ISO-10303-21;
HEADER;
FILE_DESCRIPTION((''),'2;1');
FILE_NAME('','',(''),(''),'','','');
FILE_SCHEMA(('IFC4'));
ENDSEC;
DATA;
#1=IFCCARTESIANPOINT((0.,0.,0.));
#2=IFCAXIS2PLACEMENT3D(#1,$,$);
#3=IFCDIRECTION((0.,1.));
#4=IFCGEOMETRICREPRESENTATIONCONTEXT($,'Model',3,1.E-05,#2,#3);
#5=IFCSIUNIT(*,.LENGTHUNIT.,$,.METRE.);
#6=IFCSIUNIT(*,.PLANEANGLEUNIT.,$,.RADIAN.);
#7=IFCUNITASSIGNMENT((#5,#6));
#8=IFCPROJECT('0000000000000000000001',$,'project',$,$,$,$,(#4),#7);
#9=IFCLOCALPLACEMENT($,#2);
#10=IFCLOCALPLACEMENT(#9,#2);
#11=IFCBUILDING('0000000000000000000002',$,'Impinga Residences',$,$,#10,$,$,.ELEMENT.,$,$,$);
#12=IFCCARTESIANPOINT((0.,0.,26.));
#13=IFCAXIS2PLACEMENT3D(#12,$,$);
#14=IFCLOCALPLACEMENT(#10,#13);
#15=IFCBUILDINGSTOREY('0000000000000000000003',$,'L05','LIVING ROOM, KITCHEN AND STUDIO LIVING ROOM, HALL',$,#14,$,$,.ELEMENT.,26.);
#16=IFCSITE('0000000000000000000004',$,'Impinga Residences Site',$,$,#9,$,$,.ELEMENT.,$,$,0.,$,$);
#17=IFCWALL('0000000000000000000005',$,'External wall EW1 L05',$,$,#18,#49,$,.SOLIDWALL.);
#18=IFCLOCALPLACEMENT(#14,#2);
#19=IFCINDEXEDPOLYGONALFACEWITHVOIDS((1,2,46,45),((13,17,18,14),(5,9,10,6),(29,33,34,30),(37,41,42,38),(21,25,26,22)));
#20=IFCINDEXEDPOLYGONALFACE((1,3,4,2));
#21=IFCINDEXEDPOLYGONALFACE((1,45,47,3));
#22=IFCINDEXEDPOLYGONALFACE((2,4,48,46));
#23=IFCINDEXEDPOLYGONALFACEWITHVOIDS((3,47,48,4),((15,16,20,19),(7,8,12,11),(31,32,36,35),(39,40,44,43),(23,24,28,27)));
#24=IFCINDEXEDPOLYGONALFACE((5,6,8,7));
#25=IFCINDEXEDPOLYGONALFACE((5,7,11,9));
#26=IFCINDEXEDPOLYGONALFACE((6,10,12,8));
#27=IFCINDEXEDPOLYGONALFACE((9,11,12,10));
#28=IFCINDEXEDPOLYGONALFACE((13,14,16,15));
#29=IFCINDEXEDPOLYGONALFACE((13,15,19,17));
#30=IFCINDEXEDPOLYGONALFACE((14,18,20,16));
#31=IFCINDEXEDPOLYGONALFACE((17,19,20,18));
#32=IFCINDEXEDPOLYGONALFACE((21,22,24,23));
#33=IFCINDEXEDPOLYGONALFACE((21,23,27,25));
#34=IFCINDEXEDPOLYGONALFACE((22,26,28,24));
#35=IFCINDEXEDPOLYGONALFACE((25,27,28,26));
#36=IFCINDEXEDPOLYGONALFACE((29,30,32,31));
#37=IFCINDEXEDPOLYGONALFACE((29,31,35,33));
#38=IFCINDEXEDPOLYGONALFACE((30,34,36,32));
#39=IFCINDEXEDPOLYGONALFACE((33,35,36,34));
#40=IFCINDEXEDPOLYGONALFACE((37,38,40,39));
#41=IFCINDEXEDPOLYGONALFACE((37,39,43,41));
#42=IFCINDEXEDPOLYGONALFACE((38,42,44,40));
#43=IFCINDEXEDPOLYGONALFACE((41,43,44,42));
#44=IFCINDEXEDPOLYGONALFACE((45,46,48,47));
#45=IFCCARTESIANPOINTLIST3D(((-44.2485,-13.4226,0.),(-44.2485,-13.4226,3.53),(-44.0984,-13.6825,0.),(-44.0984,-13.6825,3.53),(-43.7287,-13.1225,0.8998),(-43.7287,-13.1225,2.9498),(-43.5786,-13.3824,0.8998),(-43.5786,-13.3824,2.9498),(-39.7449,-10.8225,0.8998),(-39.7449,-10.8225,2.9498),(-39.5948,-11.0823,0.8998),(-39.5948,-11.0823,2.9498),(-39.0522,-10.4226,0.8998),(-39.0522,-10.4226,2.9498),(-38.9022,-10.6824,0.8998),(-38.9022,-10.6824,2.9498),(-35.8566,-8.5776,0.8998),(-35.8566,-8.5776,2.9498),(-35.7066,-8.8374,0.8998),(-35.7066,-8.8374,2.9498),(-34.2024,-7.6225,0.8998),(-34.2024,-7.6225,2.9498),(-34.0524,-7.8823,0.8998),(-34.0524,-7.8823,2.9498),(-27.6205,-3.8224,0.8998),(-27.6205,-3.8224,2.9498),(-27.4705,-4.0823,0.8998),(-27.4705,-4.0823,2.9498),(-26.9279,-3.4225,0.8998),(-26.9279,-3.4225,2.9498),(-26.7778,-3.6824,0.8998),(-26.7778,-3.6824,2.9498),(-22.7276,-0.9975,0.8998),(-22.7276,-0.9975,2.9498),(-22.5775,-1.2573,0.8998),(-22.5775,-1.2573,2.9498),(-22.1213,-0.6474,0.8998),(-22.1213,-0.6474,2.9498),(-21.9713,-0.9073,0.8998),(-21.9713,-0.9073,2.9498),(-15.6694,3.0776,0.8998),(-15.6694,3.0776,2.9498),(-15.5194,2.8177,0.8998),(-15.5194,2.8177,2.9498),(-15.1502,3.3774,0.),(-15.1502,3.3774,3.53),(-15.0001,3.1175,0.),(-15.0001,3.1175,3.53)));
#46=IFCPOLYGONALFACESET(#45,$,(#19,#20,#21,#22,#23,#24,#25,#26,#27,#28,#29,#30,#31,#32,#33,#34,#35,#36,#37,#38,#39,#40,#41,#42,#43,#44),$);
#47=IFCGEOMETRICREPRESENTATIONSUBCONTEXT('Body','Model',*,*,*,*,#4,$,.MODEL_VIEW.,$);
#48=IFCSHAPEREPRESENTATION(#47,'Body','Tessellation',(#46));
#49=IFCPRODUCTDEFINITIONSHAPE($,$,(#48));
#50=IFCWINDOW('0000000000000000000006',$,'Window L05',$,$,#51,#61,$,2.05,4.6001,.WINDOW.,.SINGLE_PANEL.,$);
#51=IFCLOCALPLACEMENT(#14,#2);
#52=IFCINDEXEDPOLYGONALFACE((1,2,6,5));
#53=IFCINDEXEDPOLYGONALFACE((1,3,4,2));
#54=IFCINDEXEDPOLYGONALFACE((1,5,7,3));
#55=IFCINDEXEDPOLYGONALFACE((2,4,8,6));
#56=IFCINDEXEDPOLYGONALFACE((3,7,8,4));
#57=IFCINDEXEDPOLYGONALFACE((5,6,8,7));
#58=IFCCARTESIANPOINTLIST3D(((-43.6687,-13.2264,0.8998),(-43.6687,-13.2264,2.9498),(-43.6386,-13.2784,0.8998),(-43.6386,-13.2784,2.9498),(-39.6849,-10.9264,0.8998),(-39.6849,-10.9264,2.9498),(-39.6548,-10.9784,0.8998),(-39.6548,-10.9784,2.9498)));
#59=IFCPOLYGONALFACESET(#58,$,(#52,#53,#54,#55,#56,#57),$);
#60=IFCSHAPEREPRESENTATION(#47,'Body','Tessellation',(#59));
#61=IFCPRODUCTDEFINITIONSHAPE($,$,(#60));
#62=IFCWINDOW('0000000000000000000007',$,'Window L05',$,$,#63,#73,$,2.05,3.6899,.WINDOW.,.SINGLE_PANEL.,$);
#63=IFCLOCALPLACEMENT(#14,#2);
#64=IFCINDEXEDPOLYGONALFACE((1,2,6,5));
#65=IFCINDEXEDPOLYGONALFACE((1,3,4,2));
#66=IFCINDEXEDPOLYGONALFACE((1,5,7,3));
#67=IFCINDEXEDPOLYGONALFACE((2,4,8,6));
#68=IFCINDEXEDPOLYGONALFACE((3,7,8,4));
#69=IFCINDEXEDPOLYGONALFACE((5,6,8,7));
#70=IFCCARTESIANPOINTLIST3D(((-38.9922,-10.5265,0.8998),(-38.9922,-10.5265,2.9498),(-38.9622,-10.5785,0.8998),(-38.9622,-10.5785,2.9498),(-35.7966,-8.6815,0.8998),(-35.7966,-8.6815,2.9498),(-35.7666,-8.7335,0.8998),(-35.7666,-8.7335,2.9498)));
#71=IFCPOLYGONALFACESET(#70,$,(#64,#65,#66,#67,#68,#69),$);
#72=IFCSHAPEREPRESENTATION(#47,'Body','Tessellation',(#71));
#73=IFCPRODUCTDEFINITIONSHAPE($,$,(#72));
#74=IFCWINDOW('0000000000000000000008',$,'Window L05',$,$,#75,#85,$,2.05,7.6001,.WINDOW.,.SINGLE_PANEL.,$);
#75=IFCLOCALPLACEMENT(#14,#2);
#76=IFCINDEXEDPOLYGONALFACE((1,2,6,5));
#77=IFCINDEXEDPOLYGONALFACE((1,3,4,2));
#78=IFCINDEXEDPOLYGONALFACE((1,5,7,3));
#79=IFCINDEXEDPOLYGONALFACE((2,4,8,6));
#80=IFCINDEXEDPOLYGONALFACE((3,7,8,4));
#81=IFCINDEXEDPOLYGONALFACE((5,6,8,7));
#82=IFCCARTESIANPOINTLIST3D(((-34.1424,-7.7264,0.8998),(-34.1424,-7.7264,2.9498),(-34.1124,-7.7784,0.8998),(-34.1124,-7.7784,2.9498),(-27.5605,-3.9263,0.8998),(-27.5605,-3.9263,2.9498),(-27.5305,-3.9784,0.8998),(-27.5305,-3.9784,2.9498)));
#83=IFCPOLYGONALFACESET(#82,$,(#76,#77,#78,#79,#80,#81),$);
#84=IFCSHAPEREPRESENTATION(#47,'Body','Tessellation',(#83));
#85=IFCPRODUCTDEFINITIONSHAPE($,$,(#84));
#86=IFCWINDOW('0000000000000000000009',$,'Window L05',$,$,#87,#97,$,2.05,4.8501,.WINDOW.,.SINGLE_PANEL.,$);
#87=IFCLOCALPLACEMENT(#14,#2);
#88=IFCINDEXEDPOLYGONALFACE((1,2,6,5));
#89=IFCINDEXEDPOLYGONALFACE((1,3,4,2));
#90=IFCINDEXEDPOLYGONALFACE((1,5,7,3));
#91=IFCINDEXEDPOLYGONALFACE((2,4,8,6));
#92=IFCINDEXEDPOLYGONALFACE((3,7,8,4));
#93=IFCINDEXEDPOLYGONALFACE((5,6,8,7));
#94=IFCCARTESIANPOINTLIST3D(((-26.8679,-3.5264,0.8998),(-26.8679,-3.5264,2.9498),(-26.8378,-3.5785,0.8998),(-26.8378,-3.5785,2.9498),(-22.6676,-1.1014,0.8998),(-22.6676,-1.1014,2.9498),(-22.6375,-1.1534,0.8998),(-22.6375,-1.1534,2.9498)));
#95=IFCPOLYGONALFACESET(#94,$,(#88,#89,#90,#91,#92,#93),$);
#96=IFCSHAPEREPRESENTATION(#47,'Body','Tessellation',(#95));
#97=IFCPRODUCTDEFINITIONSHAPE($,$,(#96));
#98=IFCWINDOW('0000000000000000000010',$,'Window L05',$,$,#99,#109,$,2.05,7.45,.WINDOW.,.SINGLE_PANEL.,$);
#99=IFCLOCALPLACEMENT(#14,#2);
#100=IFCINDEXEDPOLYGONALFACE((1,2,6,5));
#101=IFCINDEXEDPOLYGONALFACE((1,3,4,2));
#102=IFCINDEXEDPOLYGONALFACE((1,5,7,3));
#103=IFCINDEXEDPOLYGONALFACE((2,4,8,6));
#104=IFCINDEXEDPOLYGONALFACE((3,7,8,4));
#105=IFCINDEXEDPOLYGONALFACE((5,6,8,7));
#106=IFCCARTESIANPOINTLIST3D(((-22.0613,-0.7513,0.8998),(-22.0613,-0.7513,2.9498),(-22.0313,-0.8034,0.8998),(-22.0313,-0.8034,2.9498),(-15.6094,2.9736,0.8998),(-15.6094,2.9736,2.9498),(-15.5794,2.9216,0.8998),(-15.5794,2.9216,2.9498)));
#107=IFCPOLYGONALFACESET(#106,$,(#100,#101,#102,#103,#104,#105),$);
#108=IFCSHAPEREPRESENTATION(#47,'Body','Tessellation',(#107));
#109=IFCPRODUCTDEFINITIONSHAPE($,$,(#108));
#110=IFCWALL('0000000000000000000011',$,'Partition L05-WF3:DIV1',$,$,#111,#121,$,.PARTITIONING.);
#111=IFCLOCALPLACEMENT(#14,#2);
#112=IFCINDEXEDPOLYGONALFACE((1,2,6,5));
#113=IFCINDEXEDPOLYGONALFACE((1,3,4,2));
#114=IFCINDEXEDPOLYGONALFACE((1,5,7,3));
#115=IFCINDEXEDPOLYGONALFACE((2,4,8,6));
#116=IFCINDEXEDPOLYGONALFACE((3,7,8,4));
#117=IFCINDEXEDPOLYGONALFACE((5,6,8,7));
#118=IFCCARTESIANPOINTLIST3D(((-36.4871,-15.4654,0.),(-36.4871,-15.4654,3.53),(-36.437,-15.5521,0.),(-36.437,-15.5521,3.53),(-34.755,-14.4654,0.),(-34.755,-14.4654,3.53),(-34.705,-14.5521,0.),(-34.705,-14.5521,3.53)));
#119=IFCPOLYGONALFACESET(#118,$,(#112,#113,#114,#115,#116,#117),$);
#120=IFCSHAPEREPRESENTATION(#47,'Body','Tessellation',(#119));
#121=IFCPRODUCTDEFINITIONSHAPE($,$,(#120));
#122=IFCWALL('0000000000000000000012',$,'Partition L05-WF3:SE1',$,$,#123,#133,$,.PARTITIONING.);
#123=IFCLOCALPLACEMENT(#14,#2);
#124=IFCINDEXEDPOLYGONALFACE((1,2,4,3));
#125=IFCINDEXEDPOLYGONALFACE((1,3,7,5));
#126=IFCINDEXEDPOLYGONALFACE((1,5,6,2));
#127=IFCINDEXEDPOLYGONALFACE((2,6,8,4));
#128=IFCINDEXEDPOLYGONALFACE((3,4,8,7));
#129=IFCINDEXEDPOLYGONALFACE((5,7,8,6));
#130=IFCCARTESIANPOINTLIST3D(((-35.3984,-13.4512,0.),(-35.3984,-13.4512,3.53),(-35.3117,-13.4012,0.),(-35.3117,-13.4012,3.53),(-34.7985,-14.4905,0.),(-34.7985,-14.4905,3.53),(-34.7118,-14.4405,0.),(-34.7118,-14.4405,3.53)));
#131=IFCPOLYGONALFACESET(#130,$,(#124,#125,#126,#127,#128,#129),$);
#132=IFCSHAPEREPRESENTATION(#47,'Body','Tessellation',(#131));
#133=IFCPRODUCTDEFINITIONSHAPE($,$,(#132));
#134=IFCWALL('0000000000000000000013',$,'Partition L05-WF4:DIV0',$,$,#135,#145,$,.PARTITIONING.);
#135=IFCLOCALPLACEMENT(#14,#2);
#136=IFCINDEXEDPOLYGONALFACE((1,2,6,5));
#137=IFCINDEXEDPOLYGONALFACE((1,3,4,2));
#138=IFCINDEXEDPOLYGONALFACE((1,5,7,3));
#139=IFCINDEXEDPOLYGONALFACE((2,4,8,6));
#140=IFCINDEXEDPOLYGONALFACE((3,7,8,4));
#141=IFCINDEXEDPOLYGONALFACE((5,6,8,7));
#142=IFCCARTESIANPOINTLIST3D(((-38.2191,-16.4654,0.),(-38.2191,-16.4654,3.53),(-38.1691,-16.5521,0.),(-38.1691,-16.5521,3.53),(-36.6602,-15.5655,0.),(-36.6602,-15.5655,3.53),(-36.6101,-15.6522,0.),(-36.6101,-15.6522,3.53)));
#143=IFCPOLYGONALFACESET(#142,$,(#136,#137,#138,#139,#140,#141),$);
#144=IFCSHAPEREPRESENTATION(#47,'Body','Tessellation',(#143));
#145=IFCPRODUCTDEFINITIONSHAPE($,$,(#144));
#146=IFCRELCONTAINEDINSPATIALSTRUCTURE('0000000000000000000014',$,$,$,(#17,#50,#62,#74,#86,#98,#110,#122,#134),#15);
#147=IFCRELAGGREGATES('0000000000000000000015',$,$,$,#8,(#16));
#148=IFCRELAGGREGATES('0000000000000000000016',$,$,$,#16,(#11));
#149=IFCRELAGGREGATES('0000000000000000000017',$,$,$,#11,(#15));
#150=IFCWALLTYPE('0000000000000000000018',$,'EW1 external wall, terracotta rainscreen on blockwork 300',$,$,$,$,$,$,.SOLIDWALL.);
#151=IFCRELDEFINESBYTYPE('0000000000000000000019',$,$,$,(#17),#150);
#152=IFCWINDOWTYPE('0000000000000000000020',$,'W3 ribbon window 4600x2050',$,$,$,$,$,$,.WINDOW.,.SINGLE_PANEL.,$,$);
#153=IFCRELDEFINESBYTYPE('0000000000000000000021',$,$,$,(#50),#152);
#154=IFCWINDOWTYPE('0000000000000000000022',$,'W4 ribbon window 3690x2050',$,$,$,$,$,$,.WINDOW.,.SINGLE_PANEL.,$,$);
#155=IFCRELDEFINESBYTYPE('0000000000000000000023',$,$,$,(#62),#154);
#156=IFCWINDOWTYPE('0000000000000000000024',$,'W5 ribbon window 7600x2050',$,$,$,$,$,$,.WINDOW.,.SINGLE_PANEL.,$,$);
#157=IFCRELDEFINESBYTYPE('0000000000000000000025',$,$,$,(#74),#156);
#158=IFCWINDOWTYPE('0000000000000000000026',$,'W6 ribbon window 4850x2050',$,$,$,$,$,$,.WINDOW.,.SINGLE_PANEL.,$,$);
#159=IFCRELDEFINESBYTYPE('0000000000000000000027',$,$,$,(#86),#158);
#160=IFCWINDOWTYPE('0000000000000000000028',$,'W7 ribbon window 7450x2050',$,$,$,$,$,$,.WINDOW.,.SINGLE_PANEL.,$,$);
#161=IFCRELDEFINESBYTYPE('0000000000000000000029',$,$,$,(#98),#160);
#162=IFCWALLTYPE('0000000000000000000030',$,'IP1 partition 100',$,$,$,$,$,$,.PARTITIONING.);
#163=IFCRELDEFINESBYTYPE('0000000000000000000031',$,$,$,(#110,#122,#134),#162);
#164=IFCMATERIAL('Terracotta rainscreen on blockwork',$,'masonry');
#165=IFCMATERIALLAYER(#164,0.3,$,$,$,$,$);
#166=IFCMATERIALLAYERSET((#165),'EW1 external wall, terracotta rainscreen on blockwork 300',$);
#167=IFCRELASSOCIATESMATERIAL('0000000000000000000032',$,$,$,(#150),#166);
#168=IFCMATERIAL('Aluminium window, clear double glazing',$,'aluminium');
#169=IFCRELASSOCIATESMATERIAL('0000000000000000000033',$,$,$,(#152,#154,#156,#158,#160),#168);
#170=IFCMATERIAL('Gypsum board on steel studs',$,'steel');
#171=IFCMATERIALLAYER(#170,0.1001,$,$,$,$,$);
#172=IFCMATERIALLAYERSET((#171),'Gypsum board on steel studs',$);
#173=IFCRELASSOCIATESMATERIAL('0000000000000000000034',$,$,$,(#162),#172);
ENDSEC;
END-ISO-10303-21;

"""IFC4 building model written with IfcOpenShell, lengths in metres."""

from ifc_helpers import new_model, si_unit, direction, frame, frame_2d, origin, place, context, subcontext, project, spatial, rectangle, extrude, material, layer, layer_set, type_object, element, fill, save


model = new_model("IFC4")

# Units and contexts
model_context = context("Model", 3, precision=1e-05, world=origin(), true_north=direction((0.0, 1.0)))
body_context = subcontext(model_context, "Body", "Model", "MODEL_VIEW")
ifc_project = project(units=[si_unit("LENGTHUNIT", "METRE"), si_unit("PLANEANGLEUNIT", "RADIAN")], contexts=[model_context])

# Site, building, storey
site_placement = place(None, origin())
site = spatial("IfcSite", under=ifc_project, at=site_placement, Name="Impinga Residences Site", CompositionType="ELEMENT", RefElevation=0.0)
building_placement = place(site_placement, origin())
building = spatial("IfcBuilding", under=site, at=building_placement, Name="Impinga Residences", CompositionType="ELEMENT")
storey_placement = place(building_placement, frame((0.0, 0.0, 26.0)))
storey = spatial("IfcBuildingStorey", under=building, at=storey_placement, Name="L05", Description="LIVING ROOM, KITCHEN AND STUDIO LIVING ROOM, HALL", CompositionType="ELEMENT", Elevation=26.0)

# Shared definitions
ifc_material_1 = material(Name="Terracotta rainscreen on blockwork", Category="masonry")
ifc_layer_1 = layer(ifc_material_1, 0.3)
ifc_layer_set_1 = layer_set([ifc_layer_1], Name="EW1 external wall, terracotta rainscreen on blockwork 300")
wall_type_1 = type_object("IfcWallType", Name="EW1 external wall, terracotta rainscreen on blockwork 300", PredefinedType="SOLIDWALL", material=ifc_layer_set_1)

# Wall, openings, windows
wall_1_placement = place(storey_placement, frame((-44.1733, -13.5525, 0.0), z_axis=(0.0, 0.0, 1.0), x_axis=(0.866024, 0.500002, 0.0)))
wall_1 = element("IfcWall", 1, at=wall_1_placement, inside=storey, type_object=wall_type_1, Name="External wall EW1 L05", PredefinedType="SOLIDWALL", context=body_context, shape_type="SweptSolid", body=[
    extrude(rectangle(XDim=33.5999, YDim=0.3, at=frame_2d((16.7998, 0.0))), origin(), (0.0, 0.0, 1.0), 3.53),
])
opening_1_placement = place(wall_1_placement, frame((0.6001, 0.0, 0.8999)))
opening_1 = element("IfcOpeningElement", 2, at=opening_1_placement, cuts=wall_1, PredefinedType="OPENING", context=body_context, shape_type="SweptSolid", body=[
    extrude(rectangle(XDim=4.6001, YDim=2.05, at=frame_2d((2.3, 1.0249))), frame((0.0, 0.1599, 0.0), z_axis=(0.0, -1.0, 0.0), x_axis=(1.0, 0.0, 0.0)), (0.0, 0.0, 1.0), 0.3201),
])
opening_2_placement = place(wall_1_placement, frame((6.0, 0.0, 0.8999)))
opening_2 = element("IfcOpeningElement", 3, at=opening_2_placement, cuts=wall_1, PredefinedType="OPENING", context=body_context, shape_type="SweptSolid", body=[
    extrude(rectangle(XDim=3.6899, YDim=2.05, at=frame_2d((1.845, 1.0249))), frame((0.0, 0.1599, 0.0), z_axis=(0.0, -1.0, 0.0), x_axis=(1.0, 0.0, 0.0)), (0.0, 0.0, 1.0), 0.3201),
])
opening_3_placement = place(wall_1_placement, frame((11.6001, 0.0, 0.8999)))
opening_3 = element("IfcOpeningElement", 4, at=opening_3_placement, cuts=wall_1, PredefinedType="OPENING", context=body_context, shape_type="SweptSolid", body=[
    extrude(rectangle(XDim=7.6001, YDim=2.05, at=frame_2d((3.8, 1.0249))), frame((0.0, 0.1599, 0.0), z_axis=(0.0, -1.0, 0.0), x_axis=(1.0, 0.0, 0.0)), (0.0, 0.0, 1.0), 0.3201),
])
opening_4_placement = place(wall_1_placement, frame((20.0, 0.0, 0.8999)))
opening_4 = element("IfcOpeningElement", 5, at=opening_4_placement, cuts=wall_1, PredefinedType="OPENING", context=body_context, shape_type="SweptSolid", body=[
    extrude(rectangle(XDim=4.8501, YDim=2.05, at=frame_2d((2.425, 1.0249))), frame((0.0, 0.1599, 0.0), z_axis=(0.0, -1.0, 0.0), x_axis=(1.0, 0.0, 0.0)), (0.0, 0.0, 1.0), 0.3201),
])
opening_5_placement = place(wall_1_placement, frame((25.55, 0.0, 0.8999)))
opening_5 = element("IfcOpeningElement", 6, at=opening_5_placement, cuts=wall_1, PredefinedType="OPENING", context=body_context, shape_type="SweptSolid", body=[
    extrude(rectangle(XDim=7.45, YDim=2.05, at=frame_2d((3.7251, 1.0249))), frame((0.0, 0.1599, 0.0), z_axis=(0.0, -1.0, 0.0), x_axis=(1.0, 0.0, 0.0)), (0.0, 0.0, 1.0), 0.3201),
])
ifc_material_2 = material(Name="Aluminium window, clear double glazing", Category="aluminium")
window_type_1 = type_object("IfcWindowType", Name="W3 ribbon window 4600x2050", PartitioningType="SINGLE_PANEL", PredefinedType="WINDOW", material=ifc_material_2)
window_1_placement = place(opening_1_placement, origin())
window_1 = element("IfcWindow", 7, at=window_1_placement, inside=storey, type_object=window_type_1, Name="Window L05", OverallHeight=2.05, OverallWidth=4.6001, PartitioningType="SINGLE_PANEL", PredefinedType="WINDOW", context=body_context, shape_type="SweptSolid", body=[
    extrude(rectangle(XDim=4.6001, YDim=2.05, at=frame_2d((2.3, 1.0249))), frame((0.0, 0.03, 0.0), z_axis=(0.0, -1.0, 0.0), x_axis=(1.0, 0.0, 0.0)), (0.0, 0.0, 1.0), 0.0601),
])
fill(opening_1, window_1)
window_type_2 = type_object("IfcWindowType", Name="W4 ribbon window 3690x2050", PartitioningType="SINGLE_PANEL", PredefinedType="WINDOW", material=ifc_material_2)
window_2_placement = place(opening_2_placement, origin())
window_2 = element("IfcWindow", 8, at=window_2_placement, inside=storey, type_object=window_type_2, Name="Window L05", OverallHeight=2.05, OverallWidth=3.6899, PartitioningType="SINGLE_PANEL", PredefinedType="WINDOW", context=body_context, shape_type="SweptSolid", body=[
    extrude(rectangle(XDim=3.6899, YDim=2.05, at=frame_2d((1.845, 1.0249))), frame((0.0, 0.03, 0.0), z_axis=(0.0, -1.0, 0.0), x_axis=(1.0, 0.0, 0.0)), (0.0, 0.0, 1.0), 0.0601),
])
fill(opening_2, window_2)
window_type_3 = type_object("IfcWindowType", Name="W5 ribbon window 7600x2050", PartitioningType="SINGLE_PANEL", PredefinedType="WINDOW", material=ifc_material_2)
window_3_placement = place(opening_3_placement, origin())
window_3 = element("IfcWindow", 9, at=window_3_placement, inside=storey, type_object=window_type_3, Name="Window L05", OverallHeight=2.05, OverallWidth=7.6001, PartitioningType="SINGLE_PANEL", PredefinedType="WINDOW", context=body_context, shape_type="SweptSolid", body=[
    extrude(rectangle(XDim=7.6001, YDim=2.05, at=frame_2d((3.8, 1.0249))), frame((0.0, 0.03, 0.0), z_axis=(0.0, -1.0, 0.0), x_axis=(1.0, 0.0, 0.0)), (0.0, 0.0, 1.0), 0.0601),
])
fill(opening_3, window_3)
window_type_4 = type_object("IfcWindowType", Name="W6 ribbon window 4850x2050", PartitioningType="SINGLE_PANEL", PredefinedType="WINDOW", material=ifc_material_2)
window_4_placement = place(opening_4_placement, origin())
window_4 = element("IfcWindow", 10, at=window_4_placement, inside=storey, type_object=window_type_4, Name="Window L05", OverallHeight=2.05, OverallWidth=4.8501, PartitioningType="SINGLE_PANEL", PredefinedType="WINDOW", context=body_context, shape_type="SweptSolid", body=[
    extrude(rectangle(XDim=4.8501, YDim=2.05, at=frame_2d((2.425, 1.0249))), frame((0.0, 0.03, 0.0), z_axis=(0.0, -1.0, 0.0), x_axis=(1.0, 0.0, 0.0)), (0.0, 0.0, 1.0), 0.0601),
])
fill(opening_4, window_4)
window_type_5 = type_object("IfcWindowType", Name="W7 ribbon window 7450x2050", PartitioningType="SINGLE_PANEL", PredefinedType="WINDOW", material=ifc_material_2)
window_5_placement = place(opening_5_placement, origin())
window_5 = element("IfcWindow", 11, at=window_5_placement, inside=storey, type_object=window_type_5, Name="Window L05", OverallHeight=2.05, OverallWidth=7.45, PartitioningType="SINGLE_PANEL", PredefinedType="WINDOW", context=body_context, shape_type="SweptSolid", body=[
    extrude(rectangle(XDim=7.45, YDim=2.05, at=frame_2d((3.7251, 1.0249))), frame((0.0, 0.03, 0.0), z_axis=(0.0, -1.0, 0.0), x_axis=(1.0, 0.0, 0.0)), (0.0, 0.0, 1.0), 0.0601),
])
fill(opening_5, window_5)

# Walls
ifc_material_3 = material(Name="Gypsum board on steel studs", Category="steel")
ifc_layer_2 = layer(ifc_material_3, 0.1001)
ifc_layer_set_2 = layer_set([ifc_layer_2], Name="Gypsum board on steel studs")
wall_type_2 = type_object("IfcWallType", Name="IP1 partition 100", PredefinedType="PARTITIONING", material=ifc_layer_set_2)
wall_2_placement = place(storey_placement, frame((-34.73, -14.5088, 0.0), z_axis=(0.0, 0.0, 1.0), x_axis=(-0.866041, -0.499973, 0.0)))
element("IfcWall", 12, at=wall_2_placement, inside=storey, type_object=wall_type_2, Name="Partition L05-WF3:DIV1", PredefinedType="PARTITIONING", context=body_context, shape_type="SweptSolid", body=[
    extrude(rectangle(XDim=2.0, YDim=0.1001, at=frame_2d((1.0, 0.0))), origin(), (0.0, 0.0, 1.0), 3.53),
])
wall_3_placement = place(storey_placement, frame((-34.7551, -14.4656, 0.0), z_axis=(0.0, 0.0, 1.0), x_axis=(-0.499881, 0.866094, 0.0)))
element("IfcWall", 13, at=wall_3_placement, inside=storey, type_object=wall_type_2, Name="Partition L05-WF3:SE1", PredefinedType="PARTITIONING", context=body_context, shape_type="SweptSolid", body=[
    extrude(rectangle(XDim=1.2, YDim=0.1001, at=frame_2d((0.6001, 0.0))), origin(), (0.0, 0.0, 1.0), 3.53),
])
wall_4_placement = place(storey_placement, frame((-36.6353, -15.6089, 0.0), z_axis=(0.0, 0.0, 1.0), x_axis=(-0.866048, -0.499961, 0.0)))
element("IfcWall", 14, at=wall_4_placement, inside=storey, type_object=wall_type_2, Name="Partition L05-WF4:DIV0", PredefinedType="PARTITIONING", context=body_context, shape_type="SweptSolid", body=[
    extrude(rectangle(XDim=1.8, YDim=0.1001, at=frame_2d((0.8999, 0.0))), origin(), (0.0, 0.0, 1.0), 3.53),
])

save(model, "model.ifc")
